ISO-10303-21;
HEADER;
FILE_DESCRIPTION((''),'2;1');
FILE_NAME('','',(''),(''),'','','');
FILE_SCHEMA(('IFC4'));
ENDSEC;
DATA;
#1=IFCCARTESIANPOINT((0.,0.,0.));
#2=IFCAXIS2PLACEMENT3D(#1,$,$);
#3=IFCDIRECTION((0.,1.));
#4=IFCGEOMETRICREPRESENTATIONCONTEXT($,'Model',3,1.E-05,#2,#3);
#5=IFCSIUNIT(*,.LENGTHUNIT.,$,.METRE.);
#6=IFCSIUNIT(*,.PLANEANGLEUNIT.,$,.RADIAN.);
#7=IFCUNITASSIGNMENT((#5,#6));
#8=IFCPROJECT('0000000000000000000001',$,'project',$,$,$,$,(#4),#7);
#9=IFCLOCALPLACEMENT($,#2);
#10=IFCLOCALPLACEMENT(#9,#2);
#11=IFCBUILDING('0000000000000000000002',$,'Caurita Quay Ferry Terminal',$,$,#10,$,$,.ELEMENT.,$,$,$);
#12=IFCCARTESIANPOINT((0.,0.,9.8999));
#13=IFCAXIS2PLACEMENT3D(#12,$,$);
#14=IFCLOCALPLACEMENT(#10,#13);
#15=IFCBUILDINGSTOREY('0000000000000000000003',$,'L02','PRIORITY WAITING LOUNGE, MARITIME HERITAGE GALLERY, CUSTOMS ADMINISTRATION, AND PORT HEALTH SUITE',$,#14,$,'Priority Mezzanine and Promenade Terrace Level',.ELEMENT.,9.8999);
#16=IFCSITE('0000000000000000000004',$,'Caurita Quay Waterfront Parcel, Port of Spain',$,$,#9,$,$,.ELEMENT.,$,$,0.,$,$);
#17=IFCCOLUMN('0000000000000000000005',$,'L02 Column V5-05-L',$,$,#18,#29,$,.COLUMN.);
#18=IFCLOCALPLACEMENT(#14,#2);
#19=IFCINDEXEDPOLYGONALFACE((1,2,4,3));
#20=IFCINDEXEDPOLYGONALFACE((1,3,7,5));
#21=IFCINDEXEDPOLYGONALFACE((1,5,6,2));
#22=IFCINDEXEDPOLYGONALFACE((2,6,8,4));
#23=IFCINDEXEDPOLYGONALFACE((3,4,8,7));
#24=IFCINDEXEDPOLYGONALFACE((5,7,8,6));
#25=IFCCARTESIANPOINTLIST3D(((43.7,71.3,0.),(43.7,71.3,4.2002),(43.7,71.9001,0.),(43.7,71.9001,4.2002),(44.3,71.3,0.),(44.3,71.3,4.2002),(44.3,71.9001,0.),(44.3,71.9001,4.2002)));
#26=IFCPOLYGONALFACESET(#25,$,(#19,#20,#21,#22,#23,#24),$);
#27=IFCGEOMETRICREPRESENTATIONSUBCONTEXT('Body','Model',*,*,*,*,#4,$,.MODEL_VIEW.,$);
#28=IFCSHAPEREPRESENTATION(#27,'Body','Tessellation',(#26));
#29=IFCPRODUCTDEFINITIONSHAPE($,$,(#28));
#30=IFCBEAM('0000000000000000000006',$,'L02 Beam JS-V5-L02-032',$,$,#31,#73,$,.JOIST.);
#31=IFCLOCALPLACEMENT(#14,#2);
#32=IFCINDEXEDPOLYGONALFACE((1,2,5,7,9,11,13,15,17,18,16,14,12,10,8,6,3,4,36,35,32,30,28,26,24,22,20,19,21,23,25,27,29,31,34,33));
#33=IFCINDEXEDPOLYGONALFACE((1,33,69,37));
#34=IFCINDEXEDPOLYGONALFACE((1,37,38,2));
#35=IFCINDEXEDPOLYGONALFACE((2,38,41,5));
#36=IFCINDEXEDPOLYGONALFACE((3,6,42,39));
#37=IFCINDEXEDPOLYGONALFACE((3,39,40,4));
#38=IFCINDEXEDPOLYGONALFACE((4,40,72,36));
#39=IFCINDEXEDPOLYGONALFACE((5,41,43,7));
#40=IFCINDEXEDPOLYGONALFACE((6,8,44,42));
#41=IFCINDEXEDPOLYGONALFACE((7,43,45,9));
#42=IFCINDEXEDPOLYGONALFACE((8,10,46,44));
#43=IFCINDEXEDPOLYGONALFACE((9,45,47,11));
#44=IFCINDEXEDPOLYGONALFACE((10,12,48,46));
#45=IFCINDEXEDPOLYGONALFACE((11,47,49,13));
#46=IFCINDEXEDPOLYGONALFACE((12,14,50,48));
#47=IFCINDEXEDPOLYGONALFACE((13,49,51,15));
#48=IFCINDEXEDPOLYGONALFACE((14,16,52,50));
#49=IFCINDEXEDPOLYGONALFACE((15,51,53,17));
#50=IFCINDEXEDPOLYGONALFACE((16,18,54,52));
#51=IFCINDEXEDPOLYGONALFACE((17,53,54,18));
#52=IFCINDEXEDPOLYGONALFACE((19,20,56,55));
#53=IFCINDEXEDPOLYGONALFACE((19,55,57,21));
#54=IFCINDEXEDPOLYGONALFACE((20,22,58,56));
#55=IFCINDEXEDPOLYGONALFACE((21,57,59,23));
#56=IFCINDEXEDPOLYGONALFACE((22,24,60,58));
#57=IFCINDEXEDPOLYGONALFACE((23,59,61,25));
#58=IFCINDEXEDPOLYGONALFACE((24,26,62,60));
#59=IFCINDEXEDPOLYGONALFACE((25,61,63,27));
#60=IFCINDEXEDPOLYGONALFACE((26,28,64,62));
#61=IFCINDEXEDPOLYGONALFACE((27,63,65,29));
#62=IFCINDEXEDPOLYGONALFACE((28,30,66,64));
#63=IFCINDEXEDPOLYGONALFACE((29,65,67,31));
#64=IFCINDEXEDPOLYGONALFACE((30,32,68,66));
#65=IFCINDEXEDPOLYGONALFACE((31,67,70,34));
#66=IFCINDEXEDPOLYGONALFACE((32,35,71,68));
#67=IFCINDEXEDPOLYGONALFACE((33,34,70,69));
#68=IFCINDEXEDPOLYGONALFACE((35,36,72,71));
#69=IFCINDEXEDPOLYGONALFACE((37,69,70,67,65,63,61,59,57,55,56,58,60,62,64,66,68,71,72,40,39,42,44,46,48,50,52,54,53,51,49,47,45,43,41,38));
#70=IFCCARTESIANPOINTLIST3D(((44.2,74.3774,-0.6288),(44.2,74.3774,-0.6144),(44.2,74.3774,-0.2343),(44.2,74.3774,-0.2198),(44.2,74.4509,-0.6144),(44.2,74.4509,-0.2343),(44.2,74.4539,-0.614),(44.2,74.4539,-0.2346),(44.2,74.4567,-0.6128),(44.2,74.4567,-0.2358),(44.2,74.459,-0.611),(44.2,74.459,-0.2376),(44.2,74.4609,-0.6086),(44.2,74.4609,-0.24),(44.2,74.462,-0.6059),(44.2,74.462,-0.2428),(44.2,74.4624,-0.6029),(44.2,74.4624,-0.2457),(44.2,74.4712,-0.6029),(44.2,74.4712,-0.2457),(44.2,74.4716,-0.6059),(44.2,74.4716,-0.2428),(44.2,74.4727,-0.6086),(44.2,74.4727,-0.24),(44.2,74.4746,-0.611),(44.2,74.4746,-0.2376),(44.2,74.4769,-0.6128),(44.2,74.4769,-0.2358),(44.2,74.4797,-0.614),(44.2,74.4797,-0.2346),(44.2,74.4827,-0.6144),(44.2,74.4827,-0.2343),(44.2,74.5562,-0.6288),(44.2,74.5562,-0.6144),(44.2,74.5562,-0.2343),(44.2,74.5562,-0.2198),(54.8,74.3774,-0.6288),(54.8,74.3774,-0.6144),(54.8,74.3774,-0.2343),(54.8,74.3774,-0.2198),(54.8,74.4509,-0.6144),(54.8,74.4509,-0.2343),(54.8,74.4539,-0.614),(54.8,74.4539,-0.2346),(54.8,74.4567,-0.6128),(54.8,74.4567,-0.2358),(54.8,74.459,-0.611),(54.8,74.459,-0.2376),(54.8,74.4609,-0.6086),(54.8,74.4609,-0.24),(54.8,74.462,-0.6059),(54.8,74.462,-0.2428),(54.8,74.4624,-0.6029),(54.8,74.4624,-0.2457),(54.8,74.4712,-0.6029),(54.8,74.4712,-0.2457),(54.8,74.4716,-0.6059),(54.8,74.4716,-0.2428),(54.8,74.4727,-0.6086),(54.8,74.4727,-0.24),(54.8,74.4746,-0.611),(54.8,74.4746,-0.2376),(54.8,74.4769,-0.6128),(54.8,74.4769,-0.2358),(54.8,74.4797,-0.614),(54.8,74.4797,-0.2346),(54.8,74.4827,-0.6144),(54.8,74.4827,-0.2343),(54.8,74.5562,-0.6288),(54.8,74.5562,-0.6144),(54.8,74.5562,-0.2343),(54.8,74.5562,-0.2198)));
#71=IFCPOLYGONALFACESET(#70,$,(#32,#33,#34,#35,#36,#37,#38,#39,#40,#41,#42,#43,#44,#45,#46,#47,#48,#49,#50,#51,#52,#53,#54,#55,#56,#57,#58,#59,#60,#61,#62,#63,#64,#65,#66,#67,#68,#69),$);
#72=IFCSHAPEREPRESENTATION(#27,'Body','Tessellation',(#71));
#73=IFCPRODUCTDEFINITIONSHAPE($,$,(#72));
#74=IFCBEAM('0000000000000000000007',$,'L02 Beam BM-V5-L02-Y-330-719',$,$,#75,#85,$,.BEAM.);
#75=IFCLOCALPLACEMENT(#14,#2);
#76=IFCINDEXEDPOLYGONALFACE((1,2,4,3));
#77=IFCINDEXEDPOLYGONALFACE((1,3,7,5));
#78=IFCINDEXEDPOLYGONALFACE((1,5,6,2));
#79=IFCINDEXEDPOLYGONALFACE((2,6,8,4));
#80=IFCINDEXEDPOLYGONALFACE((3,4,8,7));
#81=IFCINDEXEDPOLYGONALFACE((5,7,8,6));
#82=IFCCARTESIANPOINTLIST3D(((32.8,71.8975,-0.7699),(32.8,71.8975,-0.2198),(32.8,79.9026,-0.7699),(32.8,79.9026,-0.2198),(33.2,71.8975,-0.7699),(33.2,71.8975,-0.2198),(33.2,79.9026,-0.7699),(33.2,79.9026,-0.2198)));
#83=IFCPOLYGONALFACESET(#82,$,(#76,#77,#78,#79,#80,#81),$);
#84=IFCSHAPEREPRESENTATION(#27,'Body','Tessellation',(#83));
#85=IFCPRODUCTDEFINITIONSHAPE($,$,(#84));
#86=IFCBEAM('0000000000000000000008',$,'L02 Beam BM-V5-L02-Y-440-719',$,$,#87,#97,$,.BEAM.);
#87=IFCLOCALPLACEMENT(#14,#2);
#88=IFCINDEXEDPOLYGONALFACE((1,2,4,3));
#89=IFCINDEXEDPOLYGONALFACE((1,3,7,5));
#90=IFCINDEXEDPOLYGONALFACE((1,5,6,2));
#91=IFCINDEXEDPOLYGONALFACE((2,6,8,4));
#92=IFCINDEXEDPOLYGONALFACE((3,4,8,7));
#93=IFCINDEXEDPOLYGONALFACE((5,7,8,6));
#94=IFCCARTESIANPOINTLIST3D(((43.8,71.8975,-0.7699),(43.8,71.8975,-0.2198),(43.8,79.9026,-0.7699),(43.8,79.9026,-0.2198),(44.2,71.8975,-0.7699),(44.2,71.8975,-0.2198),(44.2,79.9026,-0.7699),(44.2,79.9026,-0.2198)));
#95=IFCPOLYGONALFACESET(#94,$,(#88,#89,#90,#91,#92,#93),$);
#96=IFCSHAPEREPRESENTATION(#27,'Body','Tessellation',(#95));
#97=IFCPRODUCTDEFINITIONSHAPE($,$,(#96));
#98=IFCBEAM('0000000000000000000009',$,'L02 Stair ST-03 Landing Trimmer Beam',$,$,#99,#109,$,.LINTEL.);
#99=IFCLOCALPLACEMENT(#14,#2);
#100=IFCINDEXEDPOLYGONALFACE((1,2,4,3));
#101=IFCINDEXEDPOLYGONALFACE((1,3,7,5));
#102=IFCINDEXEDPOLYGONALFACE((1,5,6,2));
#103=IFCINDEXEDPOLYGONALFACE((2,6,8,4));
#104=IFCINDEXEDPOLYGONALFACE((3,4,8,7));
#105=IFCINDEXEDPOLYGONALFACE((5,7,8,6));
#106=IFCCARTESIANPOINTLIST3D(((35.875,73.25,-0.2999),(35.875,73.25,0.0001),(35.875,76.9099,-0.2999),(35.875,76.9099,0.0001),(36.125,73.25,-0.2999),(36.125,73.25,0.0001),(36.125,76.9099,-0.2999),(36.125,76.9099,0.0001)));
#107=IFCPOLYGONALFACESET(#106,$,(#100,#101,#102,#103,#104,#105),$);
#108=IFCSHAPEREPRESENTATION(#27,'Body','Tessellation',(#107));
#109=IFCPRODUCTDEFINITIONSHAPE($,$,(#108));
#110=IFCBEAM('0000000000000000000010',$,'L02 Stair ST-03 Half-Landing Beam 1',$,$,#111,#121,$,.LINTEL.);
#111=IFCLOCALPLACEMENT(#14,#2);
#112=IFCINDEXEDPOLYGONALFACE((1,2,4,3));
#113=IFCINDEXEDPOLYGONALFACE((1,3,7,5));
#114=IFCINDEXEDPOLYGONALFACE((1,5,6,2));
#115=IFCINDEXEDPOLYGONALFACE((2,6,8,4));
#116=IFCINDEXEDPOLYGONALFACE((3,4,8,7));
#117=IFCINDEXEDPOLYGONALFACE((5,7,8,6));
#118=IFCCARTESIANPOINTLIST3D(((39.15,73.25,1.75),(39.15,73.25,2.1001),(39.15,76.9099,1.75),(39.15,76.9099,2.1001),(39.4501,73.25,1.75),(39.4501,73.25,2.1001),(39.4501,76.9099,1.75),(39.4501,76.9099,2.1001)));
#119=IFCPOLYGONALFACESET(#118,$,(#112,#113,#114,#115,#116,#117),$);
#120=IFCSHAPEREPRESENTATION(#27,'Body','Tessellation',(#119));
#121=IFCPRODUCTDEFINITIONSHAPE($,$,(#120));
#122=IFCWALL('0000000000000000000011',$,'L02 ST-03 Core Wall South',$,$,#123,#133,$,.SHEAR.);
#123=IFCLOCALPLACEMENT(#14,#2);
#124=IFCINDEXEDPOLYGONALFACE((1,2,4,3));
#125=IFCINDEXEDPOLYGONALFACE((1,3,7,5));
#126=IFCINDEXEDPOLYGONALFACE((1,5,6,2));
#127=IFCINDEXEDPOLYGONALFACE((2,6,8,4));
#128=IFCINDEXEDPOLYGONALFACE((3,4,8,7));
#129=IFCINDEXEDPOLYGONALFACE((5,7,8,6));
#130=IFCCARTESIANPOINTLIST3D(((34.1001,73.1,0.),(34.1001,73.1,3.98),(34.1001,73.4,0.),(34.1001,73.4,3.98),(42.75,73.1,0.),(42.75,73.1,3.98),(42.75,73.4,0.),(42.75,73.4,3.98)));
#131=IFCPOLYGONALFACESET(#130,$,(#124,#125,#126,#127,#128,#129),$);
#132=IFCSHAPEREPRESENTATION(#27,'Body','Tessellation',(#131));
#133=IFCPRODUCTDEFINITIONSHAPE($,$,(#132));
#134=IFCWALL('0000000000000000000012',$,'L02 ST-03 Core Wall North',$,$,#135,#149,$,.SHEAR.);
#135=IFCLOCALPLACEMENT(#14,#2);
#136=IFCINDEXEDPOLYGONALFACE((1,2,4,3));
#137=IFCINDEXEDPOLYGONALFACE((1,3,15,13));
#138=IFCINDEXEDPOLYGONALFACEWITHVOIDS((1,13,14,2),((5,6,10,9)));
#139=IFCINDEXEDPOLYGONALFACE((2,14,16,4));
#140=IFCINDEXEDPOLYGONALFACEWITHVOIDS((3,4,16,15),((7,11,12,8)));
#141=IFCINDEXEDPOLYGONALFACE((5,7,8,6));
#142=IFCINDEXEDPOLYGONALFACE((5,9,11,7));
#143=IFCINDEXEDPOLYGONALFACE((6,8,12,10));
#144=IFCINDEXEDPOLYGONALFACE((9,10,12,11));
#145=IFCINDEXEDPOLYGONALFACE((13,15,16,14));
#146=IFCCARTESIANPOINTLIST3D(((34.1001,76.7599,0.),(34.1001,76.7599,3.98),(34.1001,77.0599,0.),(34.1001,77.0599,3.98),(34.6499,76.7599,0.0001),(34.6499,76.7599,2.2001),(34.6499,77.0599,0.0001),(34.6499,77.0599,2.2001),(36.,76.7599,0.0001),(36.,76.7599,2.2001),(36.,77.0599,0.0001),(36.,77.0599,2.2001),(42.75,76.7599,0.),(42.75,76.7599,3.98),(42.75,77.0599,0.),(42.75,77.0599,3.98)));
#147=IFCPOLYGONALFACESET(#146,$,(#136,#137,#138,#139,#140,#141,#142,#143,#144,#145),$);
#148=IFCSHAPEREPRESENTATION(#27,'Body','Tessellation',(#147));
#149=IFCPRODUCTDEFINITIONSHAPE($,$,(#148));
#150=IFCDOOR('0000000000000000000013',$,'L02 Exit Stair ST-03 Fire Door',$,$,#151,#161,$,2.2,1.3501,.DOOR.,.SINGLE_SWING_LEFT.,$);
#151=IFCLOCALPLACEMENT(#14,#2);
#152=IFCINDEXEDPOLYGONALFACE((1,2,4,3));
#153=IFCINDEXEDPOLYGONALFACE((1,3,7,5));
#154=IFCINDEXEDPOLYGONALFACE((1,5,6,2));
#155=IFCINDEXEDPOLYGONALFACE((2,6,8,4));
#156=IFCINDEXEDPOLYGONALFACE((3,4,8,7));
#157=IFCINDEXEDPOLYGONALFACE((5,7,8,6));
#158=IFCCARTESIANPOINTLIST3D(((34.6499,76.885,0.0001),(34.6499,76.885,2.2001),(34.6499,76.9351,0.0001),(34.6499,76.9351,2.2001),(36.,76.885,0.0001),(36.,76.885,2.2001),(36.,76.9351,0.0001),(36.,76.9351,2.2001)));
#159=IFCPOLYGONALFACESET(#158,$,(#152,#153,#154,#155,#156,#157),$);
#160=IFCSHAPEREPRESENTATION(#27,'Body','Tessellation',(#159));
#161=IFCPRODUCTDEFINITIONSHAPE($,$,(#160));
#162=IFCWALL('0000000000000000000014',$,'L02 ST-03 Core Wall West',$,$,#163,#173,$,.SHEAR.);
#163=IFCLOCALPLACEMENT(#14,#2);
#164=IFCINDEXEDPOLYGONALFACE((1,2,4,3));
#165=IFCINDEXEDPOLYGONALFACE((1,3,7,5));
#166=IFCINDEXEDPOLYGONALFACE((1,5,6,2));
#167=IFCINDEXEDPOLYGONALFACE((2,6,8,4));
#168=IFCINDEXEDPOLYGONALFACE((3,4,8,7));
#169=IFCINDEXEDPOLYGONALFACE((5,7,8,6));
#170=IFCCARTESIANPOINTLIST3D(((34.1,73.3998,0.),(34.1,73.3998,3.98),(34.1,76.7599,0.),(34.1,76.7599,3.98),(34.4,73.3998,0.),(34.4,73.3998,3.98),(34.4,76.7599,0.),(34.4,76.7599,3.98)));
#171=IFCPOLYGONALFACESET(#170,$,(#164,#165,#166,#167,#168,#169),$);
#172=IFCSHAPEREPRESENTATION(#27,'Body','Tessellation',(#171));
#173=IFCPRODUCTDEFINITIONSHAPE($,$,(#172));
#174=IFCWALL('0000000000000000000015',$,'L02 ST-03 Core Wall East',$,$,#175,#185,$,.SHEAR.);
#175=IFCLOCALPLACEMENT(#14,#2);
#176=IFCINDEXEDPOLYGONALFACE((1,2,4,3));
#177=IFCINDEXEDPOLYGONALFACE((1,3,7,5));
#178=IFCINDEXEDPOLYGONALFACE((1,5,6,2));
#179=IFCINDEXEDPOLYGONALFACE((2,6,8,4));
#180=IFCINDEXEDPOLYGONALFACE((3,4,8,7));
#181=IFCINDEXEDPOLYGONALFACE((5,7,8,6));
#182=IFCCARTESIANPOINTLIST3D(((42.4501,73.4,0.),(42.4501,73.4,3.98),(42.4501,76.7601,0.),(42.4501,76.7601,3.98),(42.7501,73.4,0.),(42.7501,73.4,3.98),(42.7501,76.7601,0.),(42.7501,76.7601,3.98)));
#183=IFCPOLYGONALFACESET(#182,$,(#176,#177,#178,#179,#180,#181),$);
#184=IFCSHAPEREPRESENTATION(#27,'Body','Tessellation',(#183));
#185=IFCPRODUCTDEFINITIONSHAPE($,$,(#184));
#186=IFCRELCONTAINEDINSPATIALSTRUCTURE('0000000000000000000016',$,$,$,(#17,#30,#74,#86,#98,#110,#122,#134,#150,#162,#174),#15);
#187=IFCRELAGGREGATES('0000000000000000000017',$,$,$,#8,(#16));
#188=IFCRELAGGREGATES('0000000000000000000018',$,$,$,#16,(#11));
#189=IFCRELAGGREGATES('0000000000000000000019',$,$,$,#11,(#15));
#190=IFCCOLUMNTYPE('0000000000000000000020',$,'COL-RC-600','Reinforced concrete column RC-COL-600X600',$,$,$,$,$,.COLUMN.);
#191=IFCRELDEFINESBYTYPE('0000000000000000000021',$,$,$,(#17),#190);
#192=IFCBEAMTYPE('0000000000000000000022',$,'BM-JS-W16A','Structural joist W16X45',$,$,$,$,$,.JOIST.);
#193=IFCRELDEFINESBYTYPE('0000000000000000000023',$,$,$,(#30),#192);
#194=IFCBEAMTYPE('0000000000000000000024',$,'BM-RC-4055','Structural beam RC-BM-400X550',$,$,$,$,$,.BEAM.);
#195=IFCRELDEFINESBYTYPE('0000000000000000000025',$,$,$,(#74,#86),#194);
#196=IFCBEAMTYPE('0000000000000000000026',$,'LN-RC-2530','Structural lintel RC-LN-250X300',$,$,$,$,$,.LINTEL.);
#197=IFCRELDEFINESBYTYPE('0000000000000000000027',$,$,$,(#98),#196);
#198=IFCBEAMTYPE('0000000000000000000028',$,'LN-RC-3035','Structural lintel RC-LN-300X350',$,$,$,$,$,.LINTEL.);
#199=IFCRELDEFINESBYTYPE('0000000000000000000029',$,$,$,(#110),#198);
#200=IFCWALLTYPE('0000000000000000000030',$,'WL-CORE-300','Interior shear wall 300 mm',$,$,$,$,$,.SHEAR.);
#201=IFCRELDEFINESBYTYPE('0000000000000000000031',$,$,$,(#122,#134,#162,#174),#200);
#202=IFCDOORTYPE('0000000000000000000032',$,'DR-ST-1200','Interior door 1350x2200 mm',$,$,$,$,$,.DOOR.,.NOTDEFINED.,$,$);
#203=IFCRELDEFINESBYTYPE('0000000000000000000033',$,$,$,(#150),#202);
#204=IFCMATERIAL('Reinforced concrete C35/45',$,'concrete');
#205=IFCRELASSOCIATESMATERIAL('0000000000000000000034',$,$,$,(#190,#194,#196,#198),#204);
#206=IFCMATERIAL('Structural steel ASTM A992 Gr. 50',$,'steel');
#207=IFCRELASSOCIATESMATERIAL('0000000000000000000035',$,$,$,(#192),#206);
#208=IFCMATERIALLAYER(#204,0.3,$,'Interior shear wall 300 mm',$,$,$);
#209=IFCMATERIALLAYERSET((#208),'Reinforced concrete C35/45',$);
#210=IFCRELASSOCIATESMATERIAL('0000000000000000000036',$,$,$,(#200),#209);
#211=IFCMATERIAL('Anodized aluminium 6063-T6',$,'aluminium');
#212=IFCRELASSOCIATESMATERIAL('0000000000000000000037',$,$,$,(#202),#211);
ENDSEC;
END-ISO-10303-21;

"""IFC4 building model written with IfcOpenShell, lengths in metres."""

from ifc_helpers import new_model, si_unit, direction, frame, frame_2d, origin, origin_2d, place, context, subcontext, project, spatial, rectangle, i_section, extrude, material, layer, layer_set, material_profile, profile_set, type_object, element, fill, save


model = new_model("IFC4")

# Units and contexts
model_context = context("Model", 3, precision=1e-05, world=origin(), true_north=direction((0.0, 1.0)))
body_context = subcontext(model_context, "Body", "Model", "MODEL_VIEW")
ifc_project = project(units=[si_unit("LENGTHUNIT", "METRE"), si_unit("PLANEANGLEUNIT", "RADIAN")], contexts=[model_context])

# Site, building, storey
site_placement = place(None, origin())
site = spatial("IfcSite", under=ifc_project, at=site_placement, Name="Caurita Quay Waterfront Parcel, Port of Spain", CompositionType="ELEMENT", RefElevation=0.0)
building_placement = place(site_placement, origin())
building = spatial("IfcBuilding", under=site, at=building_placement, Name="Caurita Quay Ferry Terminal", CompositionType="ELEMENT")
storey_placement = place(building_placement, frame((0.0, 0.0, 9.8999)))
storey = spatial("IfcBuildingStorey", under=building, at=storey_placement, Name="L02", Description="PRIORITY WAITING LOUNGE, MARITIME HERITAGE GALLERY, CUSTOMS ADMINISTRATION, AND PORT HEALTH SUITE", LongName="Priority Mezzanine and Promenade Terrace Level", CompositionType="ELEMENT", Elevation=9.8999)

# Column
ifc_material_1 = material(Name="Reinforced concrete C35/45", Category="concrete")
ifc_material_profile_1 = material_profile(ifc_material_1, rectangle(XDim=0.6001, YDim=0.6001, at=origin_2d()), Name="RC-COL-600X600")
ifc_profile_set_1 = profile_set([ifc_material_profile_1], Name="Reinforced concrete C35/45")
column_type = type_object("IfcColumnType", Name="COL-RC-600", Description="Reinforced concrete column RC-COL-600X600", PredefinedType="COLUMN", material=ifc_profile_set_1)
column_placement = place(storey_placement, frame((44.0, 71.6001, 0.0), z_axis=(0.0, 0.0, 1.0), x_axis=(1.0, 0.0, 0.0)))
element("IfcColumn", 1, at=column_placement, inside=storey, type_object=column_type, Name="L02 Column V5-05-L", PredefinedType="COLUMN", context=body_context, shape_type="SweptSolid", body=[
    extrude(rectangle(XDim=0.6001, YDim=0.6001, at=origin_2d()), origin(), (0.0, 0.0, 1.0), 4.2002),
])

# Beams
ifc_material_2 = material(Name="Structural steel ASTM A992 Gr. 50", Category="steel")
ifc_material_profile_2 = material_profile(ifc_material_2, i_section(OverallWidth=0.1787, OverallDepth=0.4089, WebThickness=0.0088, FlangeThickness=0.0144, FilletRadius=0.0115, at=origin_2d()), Name="W16X45")
ifc_profile_set_2 = profile_set([ifc_material_profile_2], Name="Structural steel ASTM A992 Gr. 50")
beam_type_1 = type_object("IfcBeamType", Name="BM-JS-W16A", Description="Structural joist W16X45", PredefinedType="JOIST", material=ifc_profile_set_2)
beam_1_placement = place(storey_placement, frame((44.2, 74.4668, -0.4243), z_axis=(1.0, 0.0, 0.0), x_axis=(0.0, 1.0, 0.0)))
element("IfcBeam", 2, at=beam_1_placement, inside=storey, type_object=beam_type_1, Name="L02 Beam JS-V5-L02-032", PredefinedType="JOIST", context=body_context, shape_type="SweptSolid", body=[
    extrude(i_section(OverallWidth=0.1787, OverallDepth=0.4089, WebThickness=0.0088, FlangeThickness=0.0144, FilletRadius=0.0115, at=origin_2d()), origin(), (0.0, 0.0, 1.0), 10.6001),
])
ifc_material_profile_3 = material_profile(ifc_material_1, rectangle(XDim=0.3999, YDim=0.55, at=origin_2d()), Name="RC-BM-400X550")
ifc_profile_set_3 = profile_set([ifc_material_profile_3], Name="Reinforced concrete C35/45")
beam_type_2 = type_object("IfcBeamType", Name="BM-RC-4055", Description="Structural beam RC-BM-400X550", PredefinedType="BEAM", material=ifc_profile_set_3)
for number, where, z_axis, x_axis, name in (
    (3, (33.0, 71.8975, -0.4949), (0.0, 1.0, 0.0), (-1.0, 0.0, 0.0), "L02 Beam BM-V5-L02-Y-330-719"),
    (4, (44.0, 71.8975, -0.4949), (0.0, 1.0, 0.0), (-1.0, 0.0, 0.0), "L02 Beam BM-V5-L02-Y-440-719"),
):
    element("IfcBeam", number, at=place(storey_placement, frame(where, z_axis=z_axis, x_axis=x_axis)), inside=storey, type_object=beam_type_2, Name=name, PredefinedType="BEAM", context=body_context, shape_type="SweptSolid", body=[
        extrude(rectangle(XDim=0.3999, YDim=0.55, at=origin_2d()), origin(), (0.0, 0.0, 1.0), 8.0051),
    ])
ifc_material_profile_4 = material_profile(ifc_material_1, rectangle(XDim=0.25, YDim=0.3, at=origin_2d()), Name="RC-LN-250X300")
ifc_profile_set_4 = profile_set([ifc_material_profile_4], Name="Reinforced concrete C35/45")
beam_type_3 = type_object("IfcBeamType", Name="LN-RC-2530", Description="Structural lintel RC-LN-250X300", PredefinedType="LINTEL", material=ifc_profile_set_4)
beam_2_placement = place(storey_placement, frame((36.0, 73.25, -0.1499), z_axis=(0.0, 1.0, 0.0), x_axis=(-1.0, 0.0, 0.0)))
element("IfcBeam", 5, at=beam_2_placement, inside=storey, type_object=beam_type_3, Name="L02 Stair ST-03 Landing Trimmer Beam", PredefinedType="LINTEL", context=body_context, shape_type="SweptSolid", body=[
    extrude(rectangle(XDim=0.25, YDim=0.3, at=origin_2d()), origin(), (0.0, 0.0, 1.0), 3.6599),
])
ifc_material_profile_5 = material_profile(ifc_material_1, rectangle(XDim=0.3, YDim=0.3501, at=origin_2d()), Name="RC-LN-300X350")
ifc_profile_set_5 = profile_set([ifc_material_profile_5], Name="Reinforced concrete C35/45")
beam_type_4 = type_object("IfcBeamType", Name="LN-RC-3035", Description="Structural lintel RC-LN-300X350", PredefinedType="LINTEL", material=ifc_profile_set_5)
beam_3_placement = place(storey_placement, frame((39.3, 73.25, 1.925), z_axis=(0.0, 1.0, 0.0), x_axis=(-1.0, 0.0, 0.0)))
element("IfcBeam", 6, at=beam_3_placement, inside=storey, type_object=beam_type_4, Name="L02 Stair ST-03 Half-Landing Beam 1", PredefinedType="LINTEL", context=body_context, shape_type="SweptSolid", body=[
    extrude(rectangle(XDim=0.3, YDim=0.3501, at=origin_2d()), origin(), (0.0, 0.0, 1.0), 3.6599),
])

# Wall
ifc_layer_1 = layer(ifc_material_1, 0.3, Name="Interior shear wall 300 mm")
ifc_layer_set_1 = layer_set([ifc_layer_1], Name="Reinforced concrete C35/45")
wall_type_1 = type_object("IfcWallType", Name="WL-CORE-300", Description="Interior shear wall 300 mm", PredefinedType="SHEAR", material=ifc_layer_set_1)
wall_1_placement = place(storey_placement, frame((34.1001, 73.25, 0.0), z_axis=(0.0, 0.0, 1.0), x_axis=(1.0, 0.0, 0.0)))
element("IfcWall", 7, at=wall_1_placement, inside=storey, type_object=wall_type_1, Name="L02 ST-03 Core Wall South", PredefinedType="SHEAR", context=body_context, shape_type="SweptSolid", body=[
    extrude(rectangle(XDim=8.6499, YDim=0.3, at=frame_2d((4.325, 0.0))), origin(), (0.0, 0.0, 1.0), 3.98),
])

# Wall, opening, door
wall_2_placement = place(storey_placement, frame((42.75, 76.9099, 0.0), z_axis=(0.0, 0.0, 1.0), x_axis=(-1.0, 0.0, 0.0)))
wall_2 = element("IfcWall", 8, at=wall_2_placement, inside=storey, type_object=wall_type_1, Name="L02 ST-03 Core Wall North", PredefinedType="SHEAR", context=body_context, shape_type="SweptSolid", body=[
    extrude(rectangle(XDim=8.6499, YDim=0.3, at=frame_2d((4.325, 0.0))), origin(), (0.0, 0.0, 1.0), 3.98),
])
opening_1_placement = place(wall_2_placement, frame((6.75, 0.0, 0.0)))
opening_1 = element("IfcOpeningElement", 9, at=opening_1_placement, cuts=wall_2, PredefinedType="OPENING", context=body_context, shape_type="SweptSolid", body=[
    extrude(rectangle(XDim=1.3501, YDim=2.2, at=frame_2d((0.675, 1.1001))), frame((0.0, 0.1599, 0.0), z_axis=(0.0, -1.0, 0.0), x_axis=(1.0, 0.0, 0.0)), (0.0, 0.0, 1.0), 0.3201),
])
ifc_material_3 = material(Name="Anodized aluminium 6063-T6", Category="aluminium")
door_type_1 = type_object("IfcDoorType", Name="DR-ST-1200", Description="Interior door 1350x2200 mm", OperationType="NOTDEFINED", PredefinedType="DOOR", material=ifc_material_3)
door_1_placement = place(opening_1_placement, origin())
door_1 = element("IfcDoor", 10, at=door_1_placement, inside=storey, type_object=door_type_1, Name="L02 Exit Stair ST-03 Fire Door", OperationType="SINGLE_SWING_LEFT", OverallHeight=2.2, OverallWidth=1.3501, PredefinedType="DOOR", context=body_context, shape_type="SweptSolid", body=[
    extrude(rectangle(XDim=1.3501, YDim=2.2, at=frame_2d((0.675, 1.1001))), frame((0.0, 0.0249, 0.0), z_axis=(0.0, -1.0, 0.0), x_axis=(1.0, 0.0, 0.0)), (0.0, 0.0, 1.0), 0.05),
])
fill(opening_1, door_1)

# Walls
for number, where, z_axis, x_axis, name in (
    (11, (34.25, 76.76, 0.0), (0.0, 0.0, 1.0), (0.0, -1.0, 0.0), "L02 ST-03 Core Wall West"),
    (12, (42.6001, 73.3999, 0.0), (0.0, 0.0, 1.0), (0.0, 1.0, 0.0), "L02 ST-03 Core Wall East"),
):
    element("IfcWall", number, at=place(storey_placement, frame(where, z_axis=z_axis, x_axis=x_axis)), inside=storey, type_object=wall_type_1, Name=name, PredefinedType="SHEAR", context=body_context, shape_type="SweptSolid", body=[
        extrude(rectangle(XDim=3.3601, YDim=0.3, at=frame_2d((1.6802, 0.0))), origin(), (0.0, 0.0, 1.0), 3.98),
    ])

save(model, "model.ifc")
